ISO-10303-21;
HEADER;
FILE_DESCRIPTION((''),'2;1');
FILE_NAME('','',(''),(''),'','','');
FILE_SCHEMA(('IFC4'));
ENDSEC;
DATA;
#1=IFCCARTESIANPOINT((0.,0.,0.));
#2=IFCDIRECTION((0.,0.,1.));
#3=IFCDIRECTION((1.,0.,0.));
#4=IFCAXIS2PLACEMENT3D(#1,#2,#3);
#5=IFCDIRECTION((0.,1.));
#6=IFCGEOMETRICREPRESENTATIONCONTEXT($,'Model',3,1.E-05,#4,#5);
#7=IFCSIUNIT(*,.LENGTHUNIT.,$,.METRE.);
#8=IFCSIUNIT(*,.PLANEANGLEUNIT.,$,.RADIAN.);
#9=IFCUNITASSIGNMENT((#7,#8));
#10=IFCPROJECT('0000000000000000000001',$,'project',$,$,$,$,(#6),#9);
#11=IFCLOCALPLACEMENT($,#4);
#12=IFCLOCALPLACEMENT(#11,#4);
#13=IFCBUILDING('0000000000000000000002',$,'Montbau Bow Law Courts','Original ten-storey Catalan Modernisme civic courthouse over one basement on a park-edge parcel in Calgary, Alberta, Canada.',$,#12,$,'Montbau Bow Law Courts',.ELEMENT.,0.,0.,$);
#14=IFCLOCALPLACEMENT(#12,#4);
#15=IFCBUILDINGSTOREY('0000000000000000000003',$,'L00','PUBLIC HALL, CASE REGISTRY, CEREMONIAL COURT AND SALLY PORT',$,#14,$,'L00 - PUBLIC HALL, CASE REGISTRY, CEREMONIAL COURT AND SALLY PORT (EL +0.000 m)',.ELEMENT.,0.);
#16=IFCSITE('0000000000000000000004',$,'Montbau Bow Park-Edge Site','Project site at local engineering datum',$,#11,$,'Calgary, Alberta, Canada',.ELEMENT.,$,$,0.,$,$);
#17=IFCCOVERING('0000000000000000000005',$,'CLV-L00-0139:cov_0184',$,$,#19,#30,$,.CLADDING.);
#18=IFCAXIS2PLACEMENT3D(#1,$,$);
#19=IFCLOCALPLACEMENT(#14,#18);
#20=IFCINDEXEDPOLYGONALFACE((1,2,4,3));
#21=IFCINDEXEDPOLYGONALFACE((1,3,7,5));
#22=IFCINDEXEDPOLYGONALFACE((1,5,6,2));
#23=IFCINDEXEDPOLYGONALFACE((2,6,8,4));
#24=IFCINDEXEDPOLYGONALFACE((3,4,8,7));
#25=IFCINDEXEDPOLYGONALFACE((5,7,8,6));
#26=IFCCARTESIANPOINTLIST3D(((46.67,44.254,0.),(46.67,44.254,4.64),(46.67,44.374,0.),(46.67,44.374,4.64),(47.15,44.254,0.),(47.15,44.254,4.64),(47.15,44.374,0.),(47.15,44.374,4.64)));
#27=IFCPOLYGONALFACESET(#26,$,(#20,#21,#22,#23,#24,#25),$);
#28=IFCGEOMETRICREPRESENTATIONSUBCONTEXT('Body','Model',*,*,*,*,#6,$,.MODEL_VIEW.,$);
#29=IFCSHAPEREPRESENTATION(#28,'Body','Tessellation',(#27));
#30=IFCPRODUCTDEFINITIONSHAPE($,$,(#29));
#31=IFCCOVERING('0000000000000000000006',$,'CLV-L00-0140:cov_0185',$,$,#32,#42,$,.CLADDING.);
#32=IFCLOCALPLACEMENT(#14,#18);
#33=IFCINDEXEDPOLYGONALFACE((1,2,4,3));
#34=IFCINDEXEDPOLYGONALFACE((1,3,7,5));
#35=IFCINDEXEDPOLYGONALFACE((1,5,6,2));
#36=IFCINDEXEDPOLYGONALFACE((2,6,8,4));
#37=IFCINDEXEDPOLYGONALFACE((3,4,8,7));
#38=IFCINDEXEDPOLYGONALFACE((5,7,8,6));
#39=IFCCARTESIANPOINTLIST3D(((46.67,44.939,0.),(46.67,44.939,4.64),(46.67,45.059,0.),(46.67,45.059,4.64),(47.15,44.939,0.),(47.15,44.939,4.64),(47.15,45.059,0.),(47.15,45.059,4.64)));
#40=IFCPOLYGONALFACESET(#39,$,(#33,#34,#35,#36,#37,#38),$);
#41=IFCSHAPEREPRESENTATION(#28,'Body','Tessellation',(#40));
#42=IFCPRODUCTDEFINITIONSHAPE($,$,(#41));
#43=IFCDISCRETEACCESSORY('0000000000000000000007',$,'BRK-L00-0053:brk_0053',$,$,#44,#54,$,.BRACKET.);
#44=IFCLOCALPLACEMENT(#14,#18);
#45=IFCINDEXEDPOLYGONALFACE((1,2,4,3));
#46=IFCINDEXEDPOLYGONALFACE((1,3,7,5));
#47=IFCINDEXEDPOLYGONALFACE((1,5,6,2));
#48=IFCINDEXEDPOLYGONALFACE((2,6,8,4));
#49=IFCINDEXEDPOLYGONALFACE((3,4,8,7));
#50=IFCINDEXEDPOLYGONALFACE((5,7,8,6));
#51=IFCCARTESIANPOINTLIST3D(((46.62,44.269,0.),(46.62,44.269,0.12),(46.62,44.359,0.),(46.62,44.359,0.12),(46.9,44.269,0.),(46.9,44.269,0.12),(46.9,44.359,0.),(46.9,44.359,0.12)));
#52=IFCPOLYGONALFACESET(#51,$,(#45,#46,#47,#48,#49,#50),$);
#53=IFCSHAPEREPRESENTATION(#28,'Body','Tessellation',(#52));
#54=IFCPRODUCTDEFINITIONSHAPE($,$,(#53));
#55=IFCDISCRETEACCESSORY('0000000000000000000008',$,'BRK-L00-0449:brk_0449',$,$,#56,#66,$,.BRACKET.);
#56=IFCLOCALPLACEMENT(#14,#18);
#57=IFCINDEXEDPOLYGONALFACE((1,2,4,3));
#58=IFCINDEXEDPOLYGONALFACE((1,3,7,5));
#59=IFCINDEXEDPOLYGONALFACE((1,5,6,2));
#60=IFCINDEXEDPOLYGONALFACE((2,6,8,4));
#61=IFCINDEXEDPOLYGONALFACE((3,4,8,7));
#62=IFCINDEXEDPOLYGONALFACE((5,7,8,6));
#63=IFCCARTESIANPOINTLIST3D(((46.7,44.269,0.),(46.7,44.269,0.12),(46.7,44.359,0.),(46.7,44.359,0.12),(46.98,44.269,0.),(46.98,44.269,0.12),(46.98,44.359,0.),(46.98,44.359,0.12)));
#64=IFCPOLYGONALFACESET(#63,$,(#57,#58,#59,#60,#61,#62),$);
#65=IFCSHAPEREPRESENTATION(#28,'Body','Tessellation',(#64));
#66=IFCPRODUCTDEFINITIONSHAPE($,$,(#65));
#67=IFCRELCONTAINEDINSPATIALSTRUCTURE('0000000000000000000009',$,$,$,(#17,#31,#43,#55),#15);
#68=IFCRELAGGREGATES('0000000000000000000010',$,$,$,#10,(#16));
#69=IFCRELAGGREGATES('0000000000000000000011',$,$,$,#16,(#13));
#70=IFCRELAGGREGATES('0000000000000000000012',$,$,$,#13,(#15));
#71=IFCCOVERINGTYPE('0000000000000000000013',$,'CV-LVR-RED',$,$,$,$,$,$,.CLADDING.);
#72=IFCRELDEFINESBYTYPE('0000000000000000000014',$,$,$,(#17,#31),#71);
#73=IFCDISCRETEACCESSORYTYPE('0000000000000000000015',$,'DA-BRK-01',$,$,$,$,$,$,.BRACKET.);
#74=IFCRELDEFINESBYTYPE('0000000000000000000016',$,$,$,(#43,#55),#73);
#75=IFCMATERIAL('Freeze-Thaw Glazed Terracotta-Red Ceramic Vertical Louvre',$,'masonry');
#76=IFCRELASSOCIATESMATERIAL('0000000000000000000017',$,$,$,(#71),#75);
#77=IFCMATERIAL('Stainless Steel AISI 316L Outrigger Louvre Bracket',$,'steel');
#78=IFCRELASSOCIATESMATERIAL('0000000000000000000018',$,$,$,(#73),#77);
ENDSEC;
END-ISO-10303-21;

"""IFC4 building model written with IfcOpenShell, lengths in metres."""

from ifc_helpers import new_model, si_unit, direction, frame, frame_2d, origin_with_axes, origin_2d_with_axis, place, context, subcontext, project, spatial, rectangle, extrude, material, type_object, element, save


model = new_model("IFC4")

# Units and contexts
model_context = context("Model", 3, precision=1e-05, world=origin_with_axes(), true_north=direction((0.0, 1.0)))
body_context = subcontext(model_context, "Body", "Model", "MODEL_VIEW")
ifc_project = project(units=[si_unit("LENGTHUNIT", "METRE"), si_unit("PLANEANGLEUNIT", "RADIAN")], contexts=[model_context])

# Site, building, storey
site_placement = place(None, origin_with_axes())
site = spatial("IfcSite", under=ifc_project, at=site_placement, Name="Montbau Bow Park-Edge Site", Description="Project site at local engineering datum", LongName="Calgary, Alberta, Canada", CompositionType="ELEMENT", RefElevation=0.0)
building_placement = place(site_placement, origin_with_axes())
building = spatial("IfcBuilding", under=site, at=building_placement, Name="Montbau Bow Law Courts", Description="Original ten-storey Catalan Modernisme civic courthouse over one basement on a park-edge parcel in Calgary, Alberta, Canada.", LongName="Montbau Bow Law Courts", CompositionType="ELEMENT", ElevationOfRefHeight=0.0, ElevationOfTerrain=0.0)
storey_placement = place(building_placement, origin_with_axes())
storey = spatial("IfcBuildingStorey", under=building, at=storey_placement, Name="L00", Description="PUBLIC HALL, CASE REGISTRY, CEREMONIAL COURT AND SALLY PORT", LongName="L00 - PUBLIC HALL, CASE REGISTRY, CEREMONIAL COURT AND SALLY PORT (EL +0.000 m)", CompositionType="ELEMENT", Elevation=0.0)

# Coverings
ifc_material_1 = material(Name="Freeze-Thaw Glazed Terracotta-Red Ceramic Vertical Louvre", Category="masonry")
covering_type_1 = type_object("IfcCoveringType", Name="CV-LVR-RED", PredefinedType="CLADDING", material=ifc_material_1)
for number, where, z_axis, x_axis, name in (
    (1, (46.67, 44.314, 0.0), (0.0, -1.0, 0.0), (1.0, 0.0, 0.0), "CLV-L00-0139:cov_0184"),
    (2, (46.67, 44.999, 0.0), (0.0, -1.0, 0.0), (1.0, 0.0, 0.0), "CLV-L00-0140:cov_0185"),
):
    element("IfcCovering", number, at=place(None, frame(where, z_axis=z_axis, x_axis=x_axis)), inside=storey, type_object=covering_type_1, Name=name, PredefinedType="CLADDING", context=body_context, shape_type="SweptSolid", body=[
        extrude(rectangle(XDim=0.48, YDim=4.64, at=frame_2d((0.24, 2.32), x_axis=(1.0, 0.0))), frame((0.0, 0.0, -0.06), z_axis=(0.0, 0.0, 1.0), x_axis=(1.0, 0.0, 0.0)), (0.0, 0.0, 1.0), 0.12),
    ])

# Discrete accessories
ifc_material_2 = material(Name="Stainless Steel AISI 316L Outrigger Louvre Bracket", Category="steel")
discrete_accessory_type = type_object("IfcDiscreteAccessoryType", Name="DA-BRK-01", PredefinedType="BRACKET", material=ifc_material_2)
for number, where, z_axis, x_axis, name in (
    (3, (46.76, 44.314, 0.0), (0.0, 0.0, 1.0), (1.0, 0.0, 0.0), "BRK-L00-0053:brk_0053"),
    (4, (46.84, 44.314, 0.0), (0.0, 0.0, 1.0), (-1.0, 0.0, 0.0), "BRK-L00-0449:brk_0449"),
):
    element("IfcDiscreteAccessory", number, at=place(None, frame(where, z_axis=z_axis, x_axis=x_axis)), inside=storey, type_object=discrete_accessory_type, Name=name, PredefinedType="BRACKET", context=body_context, shape_type="SweptSolid", body=[
        extrude(rectangle(XDim=0.28, YDim=0.09, at=origin_2d_with_axis()), origin_with_axes(), (0.0, 0.0, 1.0), 0.12),
    ])

save(model, "model.ifc")
